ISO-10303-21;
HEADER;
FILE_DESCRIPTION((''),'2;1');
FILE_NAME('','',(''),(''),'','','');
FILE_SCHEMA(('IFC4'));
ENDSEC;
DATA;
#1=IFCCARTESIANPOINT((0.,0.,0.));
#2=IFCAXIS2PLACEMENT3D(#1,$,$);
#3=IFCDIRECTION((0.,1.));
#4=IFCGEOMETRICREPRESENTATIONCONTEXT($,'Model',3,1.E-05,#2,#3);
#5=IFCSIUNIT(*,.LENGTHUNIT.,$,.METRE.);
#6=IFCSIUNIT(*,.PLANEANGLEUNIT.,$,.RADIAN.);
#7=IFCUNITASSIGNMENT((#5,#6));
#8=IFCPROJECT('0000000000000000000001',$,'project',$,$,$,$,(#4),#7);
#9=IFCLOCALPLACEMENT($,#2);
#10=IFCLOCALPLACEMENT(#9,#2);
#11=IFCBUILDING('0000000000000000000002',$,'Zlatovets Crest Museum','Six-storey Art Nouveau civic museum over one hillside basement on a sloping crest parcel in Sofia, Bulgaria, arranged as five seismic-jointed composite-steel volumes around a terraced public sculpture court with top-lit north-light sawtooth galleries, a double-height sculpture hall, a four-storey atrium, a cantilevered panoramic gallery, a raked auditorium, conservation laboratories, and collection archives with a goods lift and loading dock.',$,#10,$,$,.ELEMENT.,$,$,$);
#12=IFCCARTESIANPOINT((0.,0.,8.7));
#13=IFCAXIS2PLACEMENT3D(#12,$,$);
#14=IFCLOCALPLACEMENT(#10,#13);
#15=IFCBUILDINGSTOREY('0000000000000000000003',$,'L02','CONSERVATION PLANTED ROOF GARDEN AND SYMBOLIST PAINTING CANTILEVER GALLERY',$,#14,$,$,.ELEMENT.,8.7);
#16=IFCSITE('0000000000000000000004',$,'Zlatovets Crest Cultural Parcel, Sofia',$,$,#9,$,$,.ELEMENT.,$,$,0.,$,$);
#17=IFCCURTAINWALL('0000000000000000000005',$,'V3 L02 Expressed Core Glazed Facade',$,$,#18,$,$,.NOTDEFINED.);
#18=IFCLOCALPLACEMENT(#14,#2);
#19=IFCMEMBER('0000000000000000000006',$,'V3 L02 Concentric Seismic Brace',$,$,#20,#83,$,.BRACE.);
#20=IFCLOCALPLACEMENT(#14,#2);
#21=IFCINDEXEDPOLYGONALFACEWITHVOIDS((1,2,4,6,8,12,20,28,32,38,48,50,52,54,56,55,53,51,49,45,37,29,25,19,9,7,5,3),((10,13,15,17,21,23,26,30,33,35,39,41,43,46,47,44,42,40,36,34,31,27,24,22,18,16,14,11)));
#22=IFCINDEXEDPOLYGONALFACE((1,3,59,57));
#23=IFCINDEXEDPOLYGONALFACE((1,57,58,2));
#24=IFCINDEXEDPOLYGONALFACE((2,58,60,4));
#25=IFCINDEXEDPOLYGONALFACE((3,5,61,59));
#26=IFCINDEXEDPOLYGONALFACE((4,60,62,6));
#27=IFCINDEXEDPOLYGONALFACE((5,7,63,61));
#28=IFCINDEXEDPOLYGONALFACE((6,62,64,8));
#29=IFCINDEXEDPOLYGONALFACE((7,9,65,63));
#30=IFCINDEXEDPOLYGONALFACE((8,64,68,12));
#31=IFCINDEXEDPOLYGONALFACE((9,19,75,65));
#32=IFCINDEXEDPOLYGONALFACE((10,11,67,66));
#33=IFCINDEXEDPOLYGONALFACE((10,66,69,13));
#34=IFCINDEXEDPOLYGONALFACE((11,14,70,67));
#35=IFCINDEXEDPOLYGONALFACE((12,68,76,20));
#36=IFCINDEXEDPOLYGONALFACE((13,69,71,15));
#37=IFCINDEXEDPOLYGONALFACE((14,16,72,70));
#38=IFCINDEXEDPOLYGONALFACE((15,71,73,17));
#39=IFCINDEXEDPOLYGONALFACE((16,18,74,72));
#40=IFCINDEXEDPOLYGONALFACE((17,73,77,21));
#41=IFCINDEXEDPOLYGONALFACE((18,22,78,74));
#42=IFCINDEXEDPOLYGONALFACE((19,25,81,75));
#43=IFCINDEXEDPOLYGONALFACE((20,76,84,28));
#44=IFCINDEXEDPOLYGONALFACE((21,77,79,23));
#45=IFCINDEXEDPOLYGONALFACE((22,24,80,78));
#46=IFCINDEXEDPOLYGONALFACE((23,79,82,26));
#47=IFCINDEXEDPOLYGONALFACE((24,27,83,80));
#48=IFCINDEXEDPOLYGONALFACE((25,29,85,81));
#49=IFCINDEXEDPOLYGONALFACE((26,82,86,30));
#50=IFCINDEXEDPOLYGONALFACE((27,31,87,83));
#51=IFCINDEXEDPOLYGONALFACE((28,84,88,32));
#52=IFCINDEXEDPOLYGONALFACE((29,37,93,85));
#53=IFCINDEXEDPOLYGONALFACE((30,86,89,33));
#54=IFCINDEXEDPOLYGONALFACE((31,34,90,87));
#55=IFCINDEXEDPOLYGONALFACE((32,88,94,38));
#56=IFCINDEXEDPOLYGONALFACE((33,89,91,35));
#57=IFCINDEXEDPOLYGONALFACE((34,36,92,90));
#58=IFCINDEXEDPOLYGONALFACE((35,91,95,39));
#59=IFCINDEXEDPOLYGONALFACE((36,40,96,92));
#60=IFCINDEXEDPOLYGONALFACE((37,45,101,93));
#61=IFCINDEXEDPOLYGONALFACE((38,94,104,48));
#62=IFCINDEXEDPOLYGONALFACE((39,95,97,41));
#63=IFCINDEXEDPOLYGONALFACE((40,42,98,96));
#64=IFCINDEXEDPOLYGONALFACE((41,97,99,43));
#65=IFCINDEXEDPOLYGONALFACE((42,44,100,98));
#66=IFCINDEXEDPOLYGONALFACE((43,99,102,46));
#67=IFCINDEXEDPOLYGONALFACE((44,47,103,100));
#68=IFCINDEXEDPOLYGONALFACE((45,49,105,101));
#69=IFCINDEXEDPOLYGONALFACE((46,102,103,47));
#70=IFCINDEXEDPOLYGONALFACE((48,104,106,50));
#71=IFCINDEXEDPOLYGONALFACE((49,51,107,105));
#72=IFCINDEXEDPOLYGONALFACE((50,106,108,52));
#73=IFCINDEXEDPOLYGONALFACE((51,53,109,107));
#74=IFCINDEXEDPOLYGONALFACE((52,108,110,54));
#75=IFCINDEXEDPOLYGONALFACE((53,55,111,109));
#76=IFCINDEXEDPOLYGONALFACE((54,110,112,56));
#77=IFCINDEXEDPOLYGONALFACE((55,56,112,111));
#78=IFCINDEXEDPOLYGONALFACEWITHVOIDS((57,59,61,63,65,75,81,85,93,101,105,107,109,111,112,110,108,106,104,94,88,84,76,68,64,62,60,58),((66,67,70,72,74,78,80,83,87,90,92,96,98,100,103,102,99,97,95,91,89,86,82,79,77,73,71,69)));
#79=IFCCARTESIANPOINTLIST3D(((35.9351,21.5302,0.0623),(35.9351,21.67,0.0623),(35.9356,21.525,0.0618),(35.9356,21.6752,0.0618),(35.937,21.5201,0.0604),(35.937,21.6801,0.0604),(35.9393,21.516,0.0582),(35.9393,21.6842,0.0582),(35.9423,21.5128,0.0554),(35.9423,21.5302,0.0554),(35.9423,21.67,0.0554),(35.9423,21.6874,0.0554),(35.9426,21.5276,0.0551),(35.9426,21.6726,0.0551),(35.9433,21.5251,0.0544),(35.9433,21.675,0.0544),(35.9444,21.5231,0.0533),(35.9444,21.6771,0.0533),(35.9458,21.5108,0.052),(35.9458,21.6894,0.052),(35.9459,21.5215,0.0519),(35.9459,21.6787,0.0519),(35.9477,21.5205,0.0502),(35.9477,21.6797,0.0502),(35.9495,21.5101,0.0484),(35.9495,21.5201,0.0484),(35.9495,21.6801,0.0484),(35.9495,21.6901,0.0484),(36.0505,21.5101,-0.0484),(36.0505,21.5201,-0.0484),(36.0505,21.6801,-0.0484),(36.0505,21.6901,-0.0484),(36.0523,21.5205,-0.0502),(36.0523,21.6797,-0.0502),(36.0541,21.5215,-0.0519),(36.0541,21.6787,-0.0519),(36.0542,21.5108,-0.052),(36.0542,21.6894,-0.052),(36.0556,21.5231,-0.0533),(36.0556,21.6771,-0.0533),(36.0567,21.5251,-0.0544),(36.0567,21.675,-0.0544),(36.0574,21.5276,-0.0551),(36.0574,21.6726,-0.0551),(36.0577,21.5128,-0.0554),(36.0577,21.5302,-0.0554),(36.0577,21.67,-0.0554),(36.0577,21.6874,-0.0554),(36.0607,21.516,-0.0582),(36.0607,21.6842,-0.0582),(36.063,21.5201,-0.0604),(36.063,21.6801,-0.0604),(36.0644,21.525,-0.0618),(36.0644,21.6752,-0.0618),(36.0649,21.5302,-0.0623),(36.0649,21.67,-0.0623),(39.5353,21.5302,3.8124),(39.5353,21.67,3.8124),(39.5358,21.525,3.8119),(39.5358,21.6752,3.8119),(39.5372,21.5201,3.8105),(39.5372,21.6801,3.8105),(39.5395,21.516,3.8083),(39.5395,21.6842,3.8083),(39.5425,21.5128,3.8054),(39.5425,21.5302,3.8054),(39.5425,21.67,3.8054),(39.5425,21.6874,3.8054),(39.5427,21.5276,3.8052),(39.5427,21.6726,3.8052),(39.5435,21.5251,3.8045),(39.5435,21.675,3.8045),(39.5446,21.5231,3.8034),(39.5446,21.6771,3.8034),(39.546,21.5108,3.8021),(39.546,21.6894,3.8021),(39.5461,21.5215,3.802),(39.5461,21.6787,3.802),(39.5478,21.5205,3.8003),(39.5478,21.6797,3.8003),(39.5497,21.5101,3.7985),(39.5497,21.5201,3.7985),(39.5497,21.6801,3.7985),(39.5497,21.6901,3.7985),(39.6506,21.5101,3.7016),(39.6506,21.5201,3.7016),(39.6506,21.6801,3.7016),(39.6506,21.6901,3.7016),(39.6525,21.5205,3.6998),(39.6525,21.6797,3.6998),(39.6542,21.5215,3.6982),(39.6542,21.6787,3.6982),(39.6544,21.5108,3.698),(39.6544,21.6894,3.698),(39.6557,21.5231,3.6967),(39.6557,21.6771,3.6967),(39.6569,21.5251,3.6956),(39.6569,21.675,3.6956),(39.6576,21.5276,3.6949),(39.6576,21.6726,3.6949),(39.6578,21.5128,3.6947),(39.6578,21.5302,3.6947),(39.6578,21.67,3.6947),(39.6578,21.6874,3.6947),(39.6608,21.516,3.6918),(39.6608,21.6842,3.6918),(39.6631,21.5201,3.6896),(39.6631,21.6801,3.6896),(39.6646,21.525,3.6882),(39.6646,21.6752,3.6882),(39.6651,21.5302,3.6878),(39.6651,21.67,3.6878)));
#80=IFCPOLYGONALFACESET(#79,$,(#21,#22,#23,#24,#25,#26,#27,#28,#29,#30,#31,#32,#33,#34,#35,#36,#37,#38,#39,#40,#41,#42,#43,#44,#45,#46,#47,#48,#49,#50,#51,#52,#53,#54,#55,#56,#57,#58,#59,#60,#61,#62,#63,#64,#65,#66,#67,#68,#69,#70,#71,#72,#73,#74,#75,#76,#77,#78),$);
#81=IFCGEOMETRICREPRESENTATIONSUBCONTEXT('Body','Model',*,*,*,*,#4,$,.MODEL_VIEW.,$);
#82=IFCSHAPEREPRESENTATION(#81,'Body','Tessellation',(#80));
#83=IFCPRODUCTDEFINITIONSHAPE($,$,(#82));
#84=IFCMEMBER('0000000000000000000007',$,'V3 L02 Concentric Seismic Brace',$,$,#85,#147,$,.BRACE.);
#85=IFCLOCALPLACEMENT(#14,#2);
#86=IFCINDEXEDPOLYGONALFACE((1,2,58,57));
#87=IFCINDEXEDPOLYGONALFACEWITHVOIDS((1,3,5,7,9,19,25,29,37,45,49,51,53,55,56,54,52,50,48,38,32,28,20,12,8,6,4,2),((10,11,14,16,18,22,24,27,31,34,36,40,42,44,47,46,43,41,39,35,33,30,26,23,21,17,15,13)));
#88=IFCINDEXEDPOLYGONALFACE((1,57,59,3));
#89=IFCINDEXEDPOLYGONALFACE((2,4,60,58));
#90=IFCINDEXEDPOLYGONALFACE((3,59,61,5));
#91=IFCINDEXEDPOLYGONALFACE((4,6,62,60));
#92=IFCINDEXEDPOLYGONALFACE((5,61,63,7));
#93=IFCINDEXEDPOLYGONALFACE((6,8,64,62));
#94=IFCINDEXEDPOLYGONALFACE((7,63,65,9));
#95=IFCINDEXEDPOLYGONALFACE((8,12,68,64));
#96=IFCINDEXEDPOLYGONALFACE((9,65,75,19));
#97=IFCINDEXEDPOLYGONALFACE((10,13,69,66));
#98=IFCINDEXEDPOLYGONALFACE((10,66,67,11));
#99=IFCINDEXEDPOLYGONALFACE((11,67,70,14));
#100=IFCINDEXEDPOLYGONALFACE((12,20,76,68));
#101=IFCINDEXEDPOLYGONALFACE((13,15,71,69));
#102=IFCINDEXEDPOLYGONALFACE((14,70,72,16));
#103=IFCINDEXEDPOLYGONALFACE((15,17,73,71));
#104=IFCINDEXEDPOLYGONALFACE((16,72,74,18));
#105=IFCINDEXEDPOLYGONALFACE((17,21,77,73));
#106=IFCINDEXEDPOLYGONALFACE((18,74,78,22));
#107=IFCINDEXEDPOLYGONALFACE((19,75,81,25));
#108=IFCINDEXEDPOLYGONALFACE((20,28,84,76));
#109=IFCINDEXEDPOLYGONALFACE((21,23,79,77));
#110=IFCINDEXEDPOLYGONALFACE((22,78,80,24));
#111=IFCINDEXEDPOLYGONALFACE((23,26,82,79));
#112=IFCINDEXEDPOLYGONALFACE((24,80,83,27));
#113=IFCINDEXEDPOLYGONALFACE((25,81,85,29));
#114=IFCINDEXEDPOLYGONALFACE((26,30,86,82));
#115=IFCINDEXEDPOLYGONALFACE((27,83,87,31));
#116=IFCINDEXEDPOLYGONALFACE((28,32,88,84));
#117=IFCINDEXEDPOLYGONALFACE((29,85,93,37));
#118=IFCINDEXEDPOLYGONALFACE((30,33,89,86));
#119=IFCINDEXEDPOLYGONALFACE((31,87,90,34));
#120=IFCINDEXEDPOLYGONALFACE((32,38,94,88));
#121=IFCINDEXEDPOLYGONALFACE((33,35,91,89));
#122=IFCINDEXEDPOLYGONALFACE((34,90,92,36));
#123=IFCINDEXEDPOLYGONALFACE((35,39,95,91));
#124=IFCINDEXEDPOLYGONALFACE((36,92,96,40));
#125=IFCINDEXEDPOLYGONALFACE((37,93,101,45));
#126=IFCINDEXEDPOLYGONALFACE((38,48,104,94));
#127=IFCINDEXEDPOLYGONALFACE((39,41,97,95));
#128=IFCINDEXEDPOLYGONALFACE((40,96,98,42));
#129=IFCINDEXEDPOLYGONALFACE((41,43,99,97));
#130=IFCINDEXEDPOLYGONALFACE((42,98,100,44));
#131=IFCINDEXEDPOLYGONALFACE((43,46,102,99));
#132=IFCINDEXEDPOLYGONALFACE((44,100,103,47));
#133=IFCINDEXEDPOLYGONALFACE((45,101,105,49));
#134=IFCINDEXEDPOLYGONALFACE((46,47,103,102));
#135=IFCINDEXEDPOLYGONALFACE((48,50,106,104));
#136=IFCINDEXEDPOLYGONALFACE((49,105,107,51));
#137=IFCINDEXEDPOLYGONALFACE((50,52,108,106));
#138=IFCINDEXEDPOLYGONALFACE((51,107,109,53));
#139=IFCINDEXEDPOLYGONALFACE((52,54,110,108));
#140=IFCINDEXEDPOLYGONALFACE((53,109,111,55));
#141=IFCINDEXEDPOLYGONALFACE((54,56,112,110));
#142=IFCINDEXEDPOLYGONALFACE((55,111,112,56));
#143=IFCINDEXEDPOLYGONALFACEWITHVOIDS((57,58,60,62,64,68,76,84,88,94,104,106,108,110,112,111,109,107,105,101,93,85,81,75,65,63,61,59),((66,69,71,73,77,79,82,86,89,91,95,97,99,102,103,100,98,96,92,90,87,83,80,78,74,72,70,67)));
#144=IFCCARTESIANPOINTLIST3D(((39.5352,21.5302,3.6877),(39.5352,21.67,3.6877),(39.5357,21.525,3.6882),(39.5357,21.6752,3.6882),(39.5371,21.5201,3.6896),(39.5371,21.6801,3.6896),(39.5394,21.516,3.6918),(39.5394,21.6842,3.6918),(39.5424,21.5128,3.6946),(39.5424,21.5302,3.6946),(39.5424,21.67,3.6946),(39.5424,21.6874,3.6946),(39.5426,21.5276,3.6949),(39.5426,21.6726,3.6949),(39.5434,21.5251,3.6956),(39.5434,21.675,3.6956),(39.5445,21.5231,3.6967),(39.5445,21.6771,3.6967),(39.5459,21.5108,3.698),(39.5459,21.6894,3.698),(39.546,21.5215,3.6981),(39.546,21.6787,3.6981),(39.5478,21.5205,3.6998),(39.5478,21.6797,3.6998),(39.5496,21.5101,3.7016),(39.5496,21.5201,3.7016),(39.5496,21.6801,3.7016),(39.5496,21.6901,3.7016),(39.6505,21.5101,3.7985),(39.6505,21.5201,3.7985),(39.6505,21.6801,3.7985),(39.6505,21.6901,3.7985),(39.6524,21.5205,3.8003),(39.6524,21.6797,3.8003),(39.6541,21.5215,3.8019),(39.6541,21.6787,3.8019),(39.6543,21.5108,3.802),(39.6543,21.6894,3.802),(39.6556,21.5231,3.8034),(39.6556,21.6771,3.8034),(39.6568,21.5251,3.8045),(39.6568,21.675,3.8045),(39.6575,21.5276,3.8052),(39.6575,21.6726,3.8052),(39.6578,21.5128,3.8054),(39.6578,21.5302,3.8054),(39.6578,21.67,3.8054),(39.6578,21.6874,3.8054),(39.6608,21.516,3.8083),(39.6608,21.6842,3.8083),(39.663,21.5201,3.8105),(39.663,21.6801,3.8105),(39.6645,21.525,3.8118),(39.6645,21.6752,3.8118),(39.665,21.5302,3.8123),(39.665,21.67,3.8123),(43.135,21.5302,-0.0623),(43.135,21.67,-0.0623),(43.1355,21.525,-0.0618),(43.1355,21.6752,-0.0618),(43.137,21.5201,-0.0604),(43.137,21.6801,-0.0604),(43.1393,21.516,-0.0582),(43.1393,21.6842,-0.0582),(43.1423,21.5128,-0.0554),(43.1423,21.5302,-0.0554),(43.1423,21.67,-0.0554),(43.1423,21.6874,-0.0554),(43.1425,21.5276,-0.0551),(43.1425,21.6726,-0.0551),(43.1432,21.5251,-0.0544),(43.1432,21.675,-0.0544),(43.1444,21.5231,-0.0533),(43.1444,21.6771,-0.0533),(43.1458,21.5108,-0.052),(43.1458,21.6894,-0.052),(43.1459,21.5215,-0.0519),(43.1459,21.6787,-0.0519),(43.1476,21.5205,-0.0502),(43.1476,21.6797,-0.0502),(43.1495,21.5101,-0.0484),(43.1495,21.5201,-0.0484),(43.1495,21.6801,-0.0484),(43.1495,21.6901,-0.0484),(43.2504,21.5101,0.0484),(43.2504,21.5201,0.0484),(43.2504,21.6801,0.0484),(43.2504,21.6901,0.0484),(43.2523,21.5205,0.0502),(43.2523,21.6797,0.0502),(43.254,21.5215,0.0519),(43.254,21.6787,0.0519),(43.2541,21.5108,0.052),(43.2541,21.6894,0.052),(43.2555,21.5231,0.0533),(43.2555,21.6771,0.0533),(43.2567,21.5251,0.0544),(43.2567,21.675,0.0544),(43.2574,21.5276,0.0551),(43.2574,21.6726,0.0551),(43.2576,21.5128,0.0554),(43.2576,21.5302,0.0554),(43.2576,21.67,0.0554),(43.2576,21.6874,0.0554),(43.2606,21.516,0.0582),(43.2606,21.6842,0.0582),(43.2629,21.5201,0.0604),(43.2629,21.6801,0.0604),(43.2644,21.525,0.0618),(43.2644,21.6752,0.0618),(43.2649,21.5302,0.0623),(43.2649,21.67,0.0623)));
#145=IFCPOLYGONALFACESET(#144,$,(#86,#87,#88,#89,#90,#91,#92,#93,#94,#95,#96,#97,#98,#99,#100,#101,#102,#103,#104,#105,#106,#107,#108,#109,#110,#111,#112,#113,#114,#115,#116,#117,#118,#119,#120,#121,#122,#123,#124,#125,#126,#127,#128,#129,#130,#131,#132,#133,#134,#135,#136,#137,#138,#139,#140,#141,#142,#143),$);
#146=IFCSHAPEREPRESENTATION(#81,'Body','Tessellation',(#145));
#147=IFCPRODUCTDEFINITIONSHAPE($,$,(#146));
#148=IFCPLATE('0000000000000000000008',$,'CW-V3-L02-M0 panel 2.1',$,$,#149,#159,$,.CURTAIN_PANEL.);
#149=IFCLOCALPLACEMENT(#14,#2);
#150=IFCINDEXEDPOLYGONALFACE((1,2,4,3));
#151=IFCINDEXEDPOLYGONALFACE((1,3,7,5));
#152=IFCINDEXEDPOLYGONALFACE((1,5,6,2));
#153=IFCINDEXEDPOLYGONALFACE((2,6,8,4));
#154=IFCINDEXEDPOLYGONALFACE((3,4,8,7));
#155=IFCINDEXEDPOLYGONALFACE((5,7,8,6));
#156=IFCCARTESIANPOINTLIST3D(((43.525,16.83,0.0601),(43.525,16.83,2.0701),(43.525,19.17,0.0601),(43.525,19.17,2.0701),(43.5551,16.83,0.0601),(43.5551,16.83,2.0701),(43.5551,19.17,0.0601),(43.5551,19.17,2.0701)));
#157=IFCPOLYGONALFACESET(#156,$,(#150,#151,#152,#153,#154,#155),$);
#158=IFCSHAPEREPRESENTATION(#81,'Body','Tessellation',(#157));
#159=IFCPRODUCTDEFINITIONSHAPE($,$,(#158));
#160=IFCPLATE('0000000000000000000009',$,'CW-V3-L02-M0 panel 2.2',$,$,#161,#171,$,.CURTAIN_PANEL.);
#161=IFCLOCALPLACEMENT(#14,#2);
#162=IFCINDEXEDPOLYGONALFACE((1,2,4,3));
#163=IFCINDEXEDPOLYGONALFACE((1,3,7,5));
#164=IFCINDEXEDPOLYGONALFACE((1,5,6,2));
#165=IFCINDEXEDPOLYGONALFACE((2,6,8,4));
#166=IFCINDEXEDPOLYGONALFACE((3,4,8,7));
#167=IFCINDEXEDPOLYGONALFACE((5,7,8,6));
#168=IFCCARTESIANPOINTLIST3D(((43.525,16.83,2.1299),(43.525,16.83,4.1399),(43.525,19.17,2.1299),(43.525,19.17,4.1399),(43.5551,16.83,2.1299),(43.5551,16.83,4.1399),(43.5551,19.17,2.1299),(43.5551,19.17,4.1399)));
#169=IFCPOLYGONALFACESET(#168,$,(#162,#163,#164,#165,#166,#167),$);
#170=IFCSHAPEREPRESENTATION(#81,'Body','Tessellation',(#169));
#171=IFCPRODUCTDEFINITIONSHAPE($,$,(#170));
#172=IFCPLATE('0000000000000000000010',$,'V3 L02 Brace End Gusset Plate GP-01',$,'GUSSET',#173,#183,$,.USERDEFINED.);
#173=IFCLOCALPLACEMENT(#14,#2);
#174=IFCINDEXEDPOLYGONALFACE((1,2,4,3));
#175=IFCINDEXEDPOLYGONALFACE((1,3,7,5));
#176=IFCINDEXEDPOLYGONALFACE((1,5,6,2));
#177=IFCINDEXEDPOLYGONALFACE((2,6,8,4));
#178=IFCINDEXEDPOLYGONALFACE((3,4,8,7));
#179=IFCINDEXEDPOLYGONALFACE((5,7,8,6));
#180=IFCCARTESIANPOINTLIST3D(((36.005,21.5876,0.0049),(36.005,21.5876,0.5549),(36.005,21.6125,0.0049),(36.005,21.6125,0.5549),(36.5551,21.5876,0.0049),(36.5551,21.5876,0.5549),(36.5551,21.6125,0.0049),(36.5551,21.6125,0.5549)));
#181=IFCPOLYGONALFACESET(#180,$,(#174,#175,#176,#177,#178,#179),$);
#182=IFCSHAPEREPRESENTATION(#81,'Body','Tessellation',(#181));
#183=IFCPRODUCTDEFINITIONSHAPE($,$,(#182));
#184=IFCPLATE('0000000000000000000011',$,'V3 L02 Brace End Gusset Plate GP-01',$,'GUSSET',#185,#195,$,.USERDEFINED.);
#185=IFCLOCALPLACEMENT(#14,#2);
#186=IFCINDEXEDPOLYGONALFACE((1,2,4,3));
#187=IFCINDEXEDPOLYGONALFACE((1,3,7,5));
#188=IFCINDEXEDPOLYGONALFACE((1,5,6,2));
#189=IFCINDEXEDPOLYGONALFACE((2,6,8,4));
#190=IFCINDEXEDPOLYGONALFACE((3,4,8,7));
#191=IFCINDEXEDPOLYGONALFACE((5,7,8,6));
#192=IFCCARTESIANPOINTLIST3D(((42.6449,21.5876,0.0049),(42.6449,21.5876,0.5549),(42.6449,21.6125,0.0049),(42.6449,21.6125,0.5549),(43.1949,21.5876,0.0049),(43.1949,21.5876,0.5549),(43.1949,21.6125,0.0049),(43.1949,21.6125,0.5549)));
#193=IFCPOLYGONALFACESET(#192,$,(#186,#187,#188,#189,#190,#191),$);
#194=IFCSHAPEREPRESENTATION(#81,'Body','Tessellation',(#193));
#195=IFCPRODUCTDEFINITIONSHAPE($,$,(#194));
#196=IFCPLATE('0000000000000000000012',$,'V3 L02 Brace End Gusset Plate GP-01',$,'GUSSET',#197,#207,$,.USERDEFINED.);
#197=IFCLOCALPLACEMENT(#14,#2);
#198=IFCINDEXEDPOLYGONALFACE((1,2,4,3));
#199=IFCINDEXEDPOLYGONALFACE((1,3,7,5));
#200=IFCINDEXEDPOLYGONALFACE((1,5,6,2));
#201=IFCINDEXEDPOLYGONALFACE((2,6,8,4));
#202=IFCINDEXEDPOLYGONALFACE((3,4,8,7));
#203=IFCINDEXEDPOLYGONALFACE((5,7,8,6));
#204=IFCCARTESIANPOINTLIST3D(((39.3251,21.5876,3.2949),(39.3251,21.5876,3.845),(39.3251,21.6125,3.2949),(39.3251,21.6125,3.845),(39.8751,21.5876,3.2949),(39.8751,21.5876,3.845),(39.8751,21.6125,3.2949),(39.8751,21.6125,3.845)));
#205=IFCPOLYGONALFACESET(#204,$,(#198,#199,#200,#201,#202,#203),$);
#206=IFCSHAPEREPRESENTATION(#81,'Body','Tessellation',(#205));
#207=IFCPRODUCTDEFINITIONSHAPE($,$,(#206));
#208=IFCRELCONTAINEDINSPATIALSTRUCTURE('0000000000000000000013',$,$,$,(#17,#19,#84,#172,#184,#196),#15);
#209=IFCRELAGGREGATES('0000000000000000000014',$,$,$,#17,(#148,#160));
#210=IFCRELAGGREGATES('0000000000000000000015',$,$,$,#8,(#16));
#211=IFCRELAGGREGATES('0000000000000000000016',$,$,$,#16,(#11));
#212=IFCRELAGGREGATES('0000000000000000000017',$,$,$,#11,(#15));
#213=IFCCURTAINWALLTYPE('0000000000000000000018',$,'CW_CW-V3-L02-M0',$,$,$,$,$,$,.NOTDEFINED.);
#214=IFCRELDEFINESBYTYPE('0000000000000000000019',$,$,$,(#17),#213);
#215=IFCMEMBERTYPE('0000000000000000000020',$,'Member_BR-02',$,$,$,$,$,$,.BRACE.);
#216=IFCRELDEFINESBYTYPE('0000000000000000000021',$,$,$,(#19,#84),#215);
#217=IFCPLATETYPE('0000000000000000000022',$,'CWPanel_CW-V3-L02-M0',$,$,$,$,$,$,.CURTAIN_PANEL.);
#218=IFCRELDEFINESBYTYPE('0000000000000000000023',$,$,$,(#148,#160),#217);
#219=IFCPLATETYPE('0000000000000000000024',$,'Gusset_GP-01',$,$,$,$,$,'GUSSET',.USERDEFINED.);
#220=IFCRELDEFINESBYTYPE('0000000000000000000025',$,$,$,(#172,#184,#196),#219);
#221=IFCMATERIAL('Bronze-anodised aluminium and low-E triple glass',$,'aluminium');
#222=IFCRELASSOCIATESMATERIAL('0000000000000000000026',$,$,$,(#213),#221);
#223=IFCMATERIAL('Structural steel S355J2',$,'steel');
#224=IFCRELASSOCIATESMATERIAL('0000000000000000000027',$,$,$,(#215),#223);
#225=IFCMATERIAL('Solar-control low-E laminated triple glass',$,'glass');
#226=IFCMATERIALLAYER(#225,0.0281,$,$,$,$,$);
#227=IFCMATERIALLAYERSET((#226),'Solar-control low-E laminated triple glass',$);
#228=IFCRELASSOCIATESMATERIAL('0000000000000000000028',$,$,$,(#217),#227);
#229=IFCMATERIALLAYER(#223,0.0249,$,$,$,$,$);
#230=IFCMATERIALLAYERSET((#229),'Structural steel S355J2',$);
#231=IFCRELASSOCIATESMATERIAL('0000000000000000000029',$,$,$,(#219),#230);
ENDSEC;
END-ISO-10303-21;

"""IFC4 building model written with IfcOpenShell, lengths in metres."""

from ifc_helpers import new_model, si_unit, direction, frame, origin, origin_2d, place, context, subcontext, project, spatial, rectangle, hollow_rectangle, extrude, material, layer, layer_set, material_profile, profile_set, type_object, element, aggregate, save


model = new_model("IFC4")

# Units and contexts
model_context = context("Model", 3, precision=1e-05, world=origin(), true_north=direction((0.0, 1.0)))
body_context = subcontext(model_context, "Body", "Model", "MODEL_VIEW")
ifc_project = project(units=[si_unit("LENGTHUNIT", "METRE"), si_unit("PLANEANGLEUNIT", "RADIAN")], contexts=[model_context])

# Site, building, storey
site_placement = place(None, origin())
site = spatial("IfcSite", under=ifc_project, at=site_placement, Name="Zlatovets Crest Cultural Parcel, Sofia", CompositionType="ELEMENT", RefElevation=0.0)
building_placement = place(site_placement, origin())
building = spatial("IfcBuilding", under=site, at=building_placement, Name="Zlatovets Crest Museum", Description="Six-storey Art Nouveau civic museum over one hillside basement on a sloping crest parcel in Sofia, Bulgaria, arranged as five seismic-jointed composite-steel volumes around a terraced public sculpture court with top-lit north-light sawtooth galleries, a double-height sculpture hall, a four-storey atrium, a cantilevered panoramic gallery, a raked auditorium, conservation laboratories, and collection archives with a goods lift and loading dock.", CompositionType="ELEMENT")
storey_placement = place(building_placement, frame((0.0, 0.0, 8.7)))
storey = spatial("IfcBuildingStorey", under=building, at=storey_placement, Name="L02", Description="CONSERVATION PLANTED ROOF GARDEN AND SYMBOLIST PAINTING CANTILEVER GALLERY", CompositionType="ELEMENT", Elevation=8.7)

# Shared definitions
ifc_material_1 = material(Name="Structural steel S355J2", Category="steel")

# Curtain wall
ifc_material_2 = material(Name="Bronze-anodised aluminium and low-E triple glass", Category="aluminium")
curtain_wall_type_1 = type_object("IfcCurtainWallType", Name="CW_CW-V3-L02-M0", PredefinedType="NOTDEFINED", material=ifc_material_2)
curtain_wall_1_placement = place(storey_placement, origin())
curtain_wall_1 = element("IfcCurtainWall", 1, at=curtain_wall_1_placement, inside=storey, type_object=curtain_wall_type_1, Name="V3 L02 Expressed Core Glazed Facade", PredefinedType="NOTDEFINED")

# Members
ifc_material_profile_1 = material_profile(ifc_material_1, hollow_rectangle(XDim=0.1799, YDim=0.1799, WallThickness=0.01, InnerFilletRadius=0.01, OuterFilletRadius=0.02, at=origin_2d()), Name="SHS 180x180x10.0")
ifc_profile_set_1 = profile_set([ifc_material_profile_1], Name="Structural steel S355J2")
member_type_1 = type_object("IfcMemberType", Name="Member_BR-02", PredefinedType="BRACE", material=ifc_profile_set_1)
member_1_placement = place(storey_placement, frame((36.0, 21.6001, 0.0), z_axis=(0.692542, 0.0, 0.721378), x_axis=(0.0, 1.0, 0.0)))
element("IfcMember", 2, at=member_1_placement, inside=storey, type_object=member_type_1, Name="V3 L02 Concentric Seismic Brace", PredefinedType="BRACE", context=body_context, shape_type="SweptSolid", body=[
    extrude(hollow_rectangle(XDim=0.1799, YDim=0.1799, WallThickness=0.01, InnerFilletRadius=0.01, OuterFilletRadius=0.02, at=origin_2d()), origin(), (0.0, 0.0, 1.0), 5.1985),
])
member_2_placement = place(storey_placement, frame((43.2, 21.6001, 0.0), z_axis=(-0.692517, 0.0, 0.721401), x_axis=(0.0, -1.0, 0.0)))
element("IfcMember", 3, at=member_2_placement, inside=storey, type_object=member_type_1, Name="V3 L02 Concentric Seismic Brace", PredefinedType="BRACE", context=body_context, shape_type="SweptSolid", body=[
    extrude(hollow_rectangle(XDim=0.1799, YDim=0.1799, WallThickness=0.01, InnerFilletRadius=0.01, OuterFilletRadius=0.02, at=origin_2d()), origin(), (0.0, 0.0, 1.0), 5.1982),
])

# Plates
ifc_material_3 = material(Name="Solar-control low-E laminated triple glass", Category="glass")
ifc_layer_1 = layer(ifc_material_3, 0.0281)
ifc_layer_set_1 = layer_set([ifc_layer_1], Name="Solar-control low-E laminated triple glass")
plate_type_1 = type_object("IfcPlateType", Name="CWPanel_CW-V3-L02-M0", PredefinedType="CURTAIN_PANEL", material=ifc_layer_set_1)
plate_1_placement = place(storey_placement, frame((43.54, 18.0, 0.0601), z_axis=(0.0, 0.0, 1.0), x_axis=(0.0, 1.0, 0.0)))
plate_1 = element("IfcPlate", 4, at=plate_1_placement, type_object=plate_type_1, Name="CW-V3-L02-M0 panel 2.1", PredefinedType="CURTAIN_PANEL", context=body_context, shape_type="SweptSolid", body=[
    extrude(rectangle(XDim=2.3401, YDim=0.03, at=origin_2d()), origin(), (0.0, 0.0, 1.0), 2.01),
])
plate_2_placement = place(storey_placement, frame((43.54, 18.0, 2.1299), z_axis=(0.0, 0.0, 1.0), x_axis=(0.0, 1.0, 0.0)))
plate_2 = element("IfcPlate", 5, at=plate_2_placement, type_object=plate_type_1, Name="CW-V3-L02-M0 panel 2.2", PredefinedType="CURTAIN_PANEL", context=body_context, shape_type="SweptSolid", body=[
    extrude(rectangle(XDim=2.3401, YDim=0.03, at=origin_2d()), origin(), (0.0, 0.0, 1.0), 2.01),
])
aggregate(curtain_wall_1, [plate_1, plate_2])

# Plates
ifc_layer_2 = layer(ifc_material_1, 0.0249)
ifc_layer_set_2 = layer_set([ifc_layer_2], Name="Structural steel S355J2")
plate_type_2 = type_object("IfcPlateType", Name="Gusset_GP-01", ElementType="GUSSET", PredefinedType="USERDEFINED", material=ifc_layer_set_2)
for number, where, z_axis, x_axis, name in (
    (6, (36.28, 21.6001, 0.0049), (0.0, 0.0, 1.0), (1.0, 0.0, 0.0), "V3 L02 Brace End Gusset Plate GP-01"),
    (7, (42.9199, 21.6001, 0.0049), (0.0, 0.0, 1.0), (1.0, 0.0, 0.0), "V3 L02 Brace End Gusset Plate GP-01"),
    (8, (39.6001, 21.6001, 3.2949), (0.0, 0.0, 1.0), (1.0, 0.0, 0.0), "V3 L02 Brace End Gusset Plate GP-01"),
):
    element("IfcPlate", number, at=place(storey_placement, frame(where, z_axis=z_axis, x_axis=x_axis)), inside=storey, type_object=plate_type_2, Name=name, ObjectType="GUSSET", PredefinedType="USERDEFINED", context=body_context, shape_type="SweptSolid", body=[
        extrude(rectangle(XDim=0.55, YDim=0.0249, at=origin_2d()), origin(), (0.0, 0.0, 1.0), 0.55),
    ])

save(model, "model.ifc")
